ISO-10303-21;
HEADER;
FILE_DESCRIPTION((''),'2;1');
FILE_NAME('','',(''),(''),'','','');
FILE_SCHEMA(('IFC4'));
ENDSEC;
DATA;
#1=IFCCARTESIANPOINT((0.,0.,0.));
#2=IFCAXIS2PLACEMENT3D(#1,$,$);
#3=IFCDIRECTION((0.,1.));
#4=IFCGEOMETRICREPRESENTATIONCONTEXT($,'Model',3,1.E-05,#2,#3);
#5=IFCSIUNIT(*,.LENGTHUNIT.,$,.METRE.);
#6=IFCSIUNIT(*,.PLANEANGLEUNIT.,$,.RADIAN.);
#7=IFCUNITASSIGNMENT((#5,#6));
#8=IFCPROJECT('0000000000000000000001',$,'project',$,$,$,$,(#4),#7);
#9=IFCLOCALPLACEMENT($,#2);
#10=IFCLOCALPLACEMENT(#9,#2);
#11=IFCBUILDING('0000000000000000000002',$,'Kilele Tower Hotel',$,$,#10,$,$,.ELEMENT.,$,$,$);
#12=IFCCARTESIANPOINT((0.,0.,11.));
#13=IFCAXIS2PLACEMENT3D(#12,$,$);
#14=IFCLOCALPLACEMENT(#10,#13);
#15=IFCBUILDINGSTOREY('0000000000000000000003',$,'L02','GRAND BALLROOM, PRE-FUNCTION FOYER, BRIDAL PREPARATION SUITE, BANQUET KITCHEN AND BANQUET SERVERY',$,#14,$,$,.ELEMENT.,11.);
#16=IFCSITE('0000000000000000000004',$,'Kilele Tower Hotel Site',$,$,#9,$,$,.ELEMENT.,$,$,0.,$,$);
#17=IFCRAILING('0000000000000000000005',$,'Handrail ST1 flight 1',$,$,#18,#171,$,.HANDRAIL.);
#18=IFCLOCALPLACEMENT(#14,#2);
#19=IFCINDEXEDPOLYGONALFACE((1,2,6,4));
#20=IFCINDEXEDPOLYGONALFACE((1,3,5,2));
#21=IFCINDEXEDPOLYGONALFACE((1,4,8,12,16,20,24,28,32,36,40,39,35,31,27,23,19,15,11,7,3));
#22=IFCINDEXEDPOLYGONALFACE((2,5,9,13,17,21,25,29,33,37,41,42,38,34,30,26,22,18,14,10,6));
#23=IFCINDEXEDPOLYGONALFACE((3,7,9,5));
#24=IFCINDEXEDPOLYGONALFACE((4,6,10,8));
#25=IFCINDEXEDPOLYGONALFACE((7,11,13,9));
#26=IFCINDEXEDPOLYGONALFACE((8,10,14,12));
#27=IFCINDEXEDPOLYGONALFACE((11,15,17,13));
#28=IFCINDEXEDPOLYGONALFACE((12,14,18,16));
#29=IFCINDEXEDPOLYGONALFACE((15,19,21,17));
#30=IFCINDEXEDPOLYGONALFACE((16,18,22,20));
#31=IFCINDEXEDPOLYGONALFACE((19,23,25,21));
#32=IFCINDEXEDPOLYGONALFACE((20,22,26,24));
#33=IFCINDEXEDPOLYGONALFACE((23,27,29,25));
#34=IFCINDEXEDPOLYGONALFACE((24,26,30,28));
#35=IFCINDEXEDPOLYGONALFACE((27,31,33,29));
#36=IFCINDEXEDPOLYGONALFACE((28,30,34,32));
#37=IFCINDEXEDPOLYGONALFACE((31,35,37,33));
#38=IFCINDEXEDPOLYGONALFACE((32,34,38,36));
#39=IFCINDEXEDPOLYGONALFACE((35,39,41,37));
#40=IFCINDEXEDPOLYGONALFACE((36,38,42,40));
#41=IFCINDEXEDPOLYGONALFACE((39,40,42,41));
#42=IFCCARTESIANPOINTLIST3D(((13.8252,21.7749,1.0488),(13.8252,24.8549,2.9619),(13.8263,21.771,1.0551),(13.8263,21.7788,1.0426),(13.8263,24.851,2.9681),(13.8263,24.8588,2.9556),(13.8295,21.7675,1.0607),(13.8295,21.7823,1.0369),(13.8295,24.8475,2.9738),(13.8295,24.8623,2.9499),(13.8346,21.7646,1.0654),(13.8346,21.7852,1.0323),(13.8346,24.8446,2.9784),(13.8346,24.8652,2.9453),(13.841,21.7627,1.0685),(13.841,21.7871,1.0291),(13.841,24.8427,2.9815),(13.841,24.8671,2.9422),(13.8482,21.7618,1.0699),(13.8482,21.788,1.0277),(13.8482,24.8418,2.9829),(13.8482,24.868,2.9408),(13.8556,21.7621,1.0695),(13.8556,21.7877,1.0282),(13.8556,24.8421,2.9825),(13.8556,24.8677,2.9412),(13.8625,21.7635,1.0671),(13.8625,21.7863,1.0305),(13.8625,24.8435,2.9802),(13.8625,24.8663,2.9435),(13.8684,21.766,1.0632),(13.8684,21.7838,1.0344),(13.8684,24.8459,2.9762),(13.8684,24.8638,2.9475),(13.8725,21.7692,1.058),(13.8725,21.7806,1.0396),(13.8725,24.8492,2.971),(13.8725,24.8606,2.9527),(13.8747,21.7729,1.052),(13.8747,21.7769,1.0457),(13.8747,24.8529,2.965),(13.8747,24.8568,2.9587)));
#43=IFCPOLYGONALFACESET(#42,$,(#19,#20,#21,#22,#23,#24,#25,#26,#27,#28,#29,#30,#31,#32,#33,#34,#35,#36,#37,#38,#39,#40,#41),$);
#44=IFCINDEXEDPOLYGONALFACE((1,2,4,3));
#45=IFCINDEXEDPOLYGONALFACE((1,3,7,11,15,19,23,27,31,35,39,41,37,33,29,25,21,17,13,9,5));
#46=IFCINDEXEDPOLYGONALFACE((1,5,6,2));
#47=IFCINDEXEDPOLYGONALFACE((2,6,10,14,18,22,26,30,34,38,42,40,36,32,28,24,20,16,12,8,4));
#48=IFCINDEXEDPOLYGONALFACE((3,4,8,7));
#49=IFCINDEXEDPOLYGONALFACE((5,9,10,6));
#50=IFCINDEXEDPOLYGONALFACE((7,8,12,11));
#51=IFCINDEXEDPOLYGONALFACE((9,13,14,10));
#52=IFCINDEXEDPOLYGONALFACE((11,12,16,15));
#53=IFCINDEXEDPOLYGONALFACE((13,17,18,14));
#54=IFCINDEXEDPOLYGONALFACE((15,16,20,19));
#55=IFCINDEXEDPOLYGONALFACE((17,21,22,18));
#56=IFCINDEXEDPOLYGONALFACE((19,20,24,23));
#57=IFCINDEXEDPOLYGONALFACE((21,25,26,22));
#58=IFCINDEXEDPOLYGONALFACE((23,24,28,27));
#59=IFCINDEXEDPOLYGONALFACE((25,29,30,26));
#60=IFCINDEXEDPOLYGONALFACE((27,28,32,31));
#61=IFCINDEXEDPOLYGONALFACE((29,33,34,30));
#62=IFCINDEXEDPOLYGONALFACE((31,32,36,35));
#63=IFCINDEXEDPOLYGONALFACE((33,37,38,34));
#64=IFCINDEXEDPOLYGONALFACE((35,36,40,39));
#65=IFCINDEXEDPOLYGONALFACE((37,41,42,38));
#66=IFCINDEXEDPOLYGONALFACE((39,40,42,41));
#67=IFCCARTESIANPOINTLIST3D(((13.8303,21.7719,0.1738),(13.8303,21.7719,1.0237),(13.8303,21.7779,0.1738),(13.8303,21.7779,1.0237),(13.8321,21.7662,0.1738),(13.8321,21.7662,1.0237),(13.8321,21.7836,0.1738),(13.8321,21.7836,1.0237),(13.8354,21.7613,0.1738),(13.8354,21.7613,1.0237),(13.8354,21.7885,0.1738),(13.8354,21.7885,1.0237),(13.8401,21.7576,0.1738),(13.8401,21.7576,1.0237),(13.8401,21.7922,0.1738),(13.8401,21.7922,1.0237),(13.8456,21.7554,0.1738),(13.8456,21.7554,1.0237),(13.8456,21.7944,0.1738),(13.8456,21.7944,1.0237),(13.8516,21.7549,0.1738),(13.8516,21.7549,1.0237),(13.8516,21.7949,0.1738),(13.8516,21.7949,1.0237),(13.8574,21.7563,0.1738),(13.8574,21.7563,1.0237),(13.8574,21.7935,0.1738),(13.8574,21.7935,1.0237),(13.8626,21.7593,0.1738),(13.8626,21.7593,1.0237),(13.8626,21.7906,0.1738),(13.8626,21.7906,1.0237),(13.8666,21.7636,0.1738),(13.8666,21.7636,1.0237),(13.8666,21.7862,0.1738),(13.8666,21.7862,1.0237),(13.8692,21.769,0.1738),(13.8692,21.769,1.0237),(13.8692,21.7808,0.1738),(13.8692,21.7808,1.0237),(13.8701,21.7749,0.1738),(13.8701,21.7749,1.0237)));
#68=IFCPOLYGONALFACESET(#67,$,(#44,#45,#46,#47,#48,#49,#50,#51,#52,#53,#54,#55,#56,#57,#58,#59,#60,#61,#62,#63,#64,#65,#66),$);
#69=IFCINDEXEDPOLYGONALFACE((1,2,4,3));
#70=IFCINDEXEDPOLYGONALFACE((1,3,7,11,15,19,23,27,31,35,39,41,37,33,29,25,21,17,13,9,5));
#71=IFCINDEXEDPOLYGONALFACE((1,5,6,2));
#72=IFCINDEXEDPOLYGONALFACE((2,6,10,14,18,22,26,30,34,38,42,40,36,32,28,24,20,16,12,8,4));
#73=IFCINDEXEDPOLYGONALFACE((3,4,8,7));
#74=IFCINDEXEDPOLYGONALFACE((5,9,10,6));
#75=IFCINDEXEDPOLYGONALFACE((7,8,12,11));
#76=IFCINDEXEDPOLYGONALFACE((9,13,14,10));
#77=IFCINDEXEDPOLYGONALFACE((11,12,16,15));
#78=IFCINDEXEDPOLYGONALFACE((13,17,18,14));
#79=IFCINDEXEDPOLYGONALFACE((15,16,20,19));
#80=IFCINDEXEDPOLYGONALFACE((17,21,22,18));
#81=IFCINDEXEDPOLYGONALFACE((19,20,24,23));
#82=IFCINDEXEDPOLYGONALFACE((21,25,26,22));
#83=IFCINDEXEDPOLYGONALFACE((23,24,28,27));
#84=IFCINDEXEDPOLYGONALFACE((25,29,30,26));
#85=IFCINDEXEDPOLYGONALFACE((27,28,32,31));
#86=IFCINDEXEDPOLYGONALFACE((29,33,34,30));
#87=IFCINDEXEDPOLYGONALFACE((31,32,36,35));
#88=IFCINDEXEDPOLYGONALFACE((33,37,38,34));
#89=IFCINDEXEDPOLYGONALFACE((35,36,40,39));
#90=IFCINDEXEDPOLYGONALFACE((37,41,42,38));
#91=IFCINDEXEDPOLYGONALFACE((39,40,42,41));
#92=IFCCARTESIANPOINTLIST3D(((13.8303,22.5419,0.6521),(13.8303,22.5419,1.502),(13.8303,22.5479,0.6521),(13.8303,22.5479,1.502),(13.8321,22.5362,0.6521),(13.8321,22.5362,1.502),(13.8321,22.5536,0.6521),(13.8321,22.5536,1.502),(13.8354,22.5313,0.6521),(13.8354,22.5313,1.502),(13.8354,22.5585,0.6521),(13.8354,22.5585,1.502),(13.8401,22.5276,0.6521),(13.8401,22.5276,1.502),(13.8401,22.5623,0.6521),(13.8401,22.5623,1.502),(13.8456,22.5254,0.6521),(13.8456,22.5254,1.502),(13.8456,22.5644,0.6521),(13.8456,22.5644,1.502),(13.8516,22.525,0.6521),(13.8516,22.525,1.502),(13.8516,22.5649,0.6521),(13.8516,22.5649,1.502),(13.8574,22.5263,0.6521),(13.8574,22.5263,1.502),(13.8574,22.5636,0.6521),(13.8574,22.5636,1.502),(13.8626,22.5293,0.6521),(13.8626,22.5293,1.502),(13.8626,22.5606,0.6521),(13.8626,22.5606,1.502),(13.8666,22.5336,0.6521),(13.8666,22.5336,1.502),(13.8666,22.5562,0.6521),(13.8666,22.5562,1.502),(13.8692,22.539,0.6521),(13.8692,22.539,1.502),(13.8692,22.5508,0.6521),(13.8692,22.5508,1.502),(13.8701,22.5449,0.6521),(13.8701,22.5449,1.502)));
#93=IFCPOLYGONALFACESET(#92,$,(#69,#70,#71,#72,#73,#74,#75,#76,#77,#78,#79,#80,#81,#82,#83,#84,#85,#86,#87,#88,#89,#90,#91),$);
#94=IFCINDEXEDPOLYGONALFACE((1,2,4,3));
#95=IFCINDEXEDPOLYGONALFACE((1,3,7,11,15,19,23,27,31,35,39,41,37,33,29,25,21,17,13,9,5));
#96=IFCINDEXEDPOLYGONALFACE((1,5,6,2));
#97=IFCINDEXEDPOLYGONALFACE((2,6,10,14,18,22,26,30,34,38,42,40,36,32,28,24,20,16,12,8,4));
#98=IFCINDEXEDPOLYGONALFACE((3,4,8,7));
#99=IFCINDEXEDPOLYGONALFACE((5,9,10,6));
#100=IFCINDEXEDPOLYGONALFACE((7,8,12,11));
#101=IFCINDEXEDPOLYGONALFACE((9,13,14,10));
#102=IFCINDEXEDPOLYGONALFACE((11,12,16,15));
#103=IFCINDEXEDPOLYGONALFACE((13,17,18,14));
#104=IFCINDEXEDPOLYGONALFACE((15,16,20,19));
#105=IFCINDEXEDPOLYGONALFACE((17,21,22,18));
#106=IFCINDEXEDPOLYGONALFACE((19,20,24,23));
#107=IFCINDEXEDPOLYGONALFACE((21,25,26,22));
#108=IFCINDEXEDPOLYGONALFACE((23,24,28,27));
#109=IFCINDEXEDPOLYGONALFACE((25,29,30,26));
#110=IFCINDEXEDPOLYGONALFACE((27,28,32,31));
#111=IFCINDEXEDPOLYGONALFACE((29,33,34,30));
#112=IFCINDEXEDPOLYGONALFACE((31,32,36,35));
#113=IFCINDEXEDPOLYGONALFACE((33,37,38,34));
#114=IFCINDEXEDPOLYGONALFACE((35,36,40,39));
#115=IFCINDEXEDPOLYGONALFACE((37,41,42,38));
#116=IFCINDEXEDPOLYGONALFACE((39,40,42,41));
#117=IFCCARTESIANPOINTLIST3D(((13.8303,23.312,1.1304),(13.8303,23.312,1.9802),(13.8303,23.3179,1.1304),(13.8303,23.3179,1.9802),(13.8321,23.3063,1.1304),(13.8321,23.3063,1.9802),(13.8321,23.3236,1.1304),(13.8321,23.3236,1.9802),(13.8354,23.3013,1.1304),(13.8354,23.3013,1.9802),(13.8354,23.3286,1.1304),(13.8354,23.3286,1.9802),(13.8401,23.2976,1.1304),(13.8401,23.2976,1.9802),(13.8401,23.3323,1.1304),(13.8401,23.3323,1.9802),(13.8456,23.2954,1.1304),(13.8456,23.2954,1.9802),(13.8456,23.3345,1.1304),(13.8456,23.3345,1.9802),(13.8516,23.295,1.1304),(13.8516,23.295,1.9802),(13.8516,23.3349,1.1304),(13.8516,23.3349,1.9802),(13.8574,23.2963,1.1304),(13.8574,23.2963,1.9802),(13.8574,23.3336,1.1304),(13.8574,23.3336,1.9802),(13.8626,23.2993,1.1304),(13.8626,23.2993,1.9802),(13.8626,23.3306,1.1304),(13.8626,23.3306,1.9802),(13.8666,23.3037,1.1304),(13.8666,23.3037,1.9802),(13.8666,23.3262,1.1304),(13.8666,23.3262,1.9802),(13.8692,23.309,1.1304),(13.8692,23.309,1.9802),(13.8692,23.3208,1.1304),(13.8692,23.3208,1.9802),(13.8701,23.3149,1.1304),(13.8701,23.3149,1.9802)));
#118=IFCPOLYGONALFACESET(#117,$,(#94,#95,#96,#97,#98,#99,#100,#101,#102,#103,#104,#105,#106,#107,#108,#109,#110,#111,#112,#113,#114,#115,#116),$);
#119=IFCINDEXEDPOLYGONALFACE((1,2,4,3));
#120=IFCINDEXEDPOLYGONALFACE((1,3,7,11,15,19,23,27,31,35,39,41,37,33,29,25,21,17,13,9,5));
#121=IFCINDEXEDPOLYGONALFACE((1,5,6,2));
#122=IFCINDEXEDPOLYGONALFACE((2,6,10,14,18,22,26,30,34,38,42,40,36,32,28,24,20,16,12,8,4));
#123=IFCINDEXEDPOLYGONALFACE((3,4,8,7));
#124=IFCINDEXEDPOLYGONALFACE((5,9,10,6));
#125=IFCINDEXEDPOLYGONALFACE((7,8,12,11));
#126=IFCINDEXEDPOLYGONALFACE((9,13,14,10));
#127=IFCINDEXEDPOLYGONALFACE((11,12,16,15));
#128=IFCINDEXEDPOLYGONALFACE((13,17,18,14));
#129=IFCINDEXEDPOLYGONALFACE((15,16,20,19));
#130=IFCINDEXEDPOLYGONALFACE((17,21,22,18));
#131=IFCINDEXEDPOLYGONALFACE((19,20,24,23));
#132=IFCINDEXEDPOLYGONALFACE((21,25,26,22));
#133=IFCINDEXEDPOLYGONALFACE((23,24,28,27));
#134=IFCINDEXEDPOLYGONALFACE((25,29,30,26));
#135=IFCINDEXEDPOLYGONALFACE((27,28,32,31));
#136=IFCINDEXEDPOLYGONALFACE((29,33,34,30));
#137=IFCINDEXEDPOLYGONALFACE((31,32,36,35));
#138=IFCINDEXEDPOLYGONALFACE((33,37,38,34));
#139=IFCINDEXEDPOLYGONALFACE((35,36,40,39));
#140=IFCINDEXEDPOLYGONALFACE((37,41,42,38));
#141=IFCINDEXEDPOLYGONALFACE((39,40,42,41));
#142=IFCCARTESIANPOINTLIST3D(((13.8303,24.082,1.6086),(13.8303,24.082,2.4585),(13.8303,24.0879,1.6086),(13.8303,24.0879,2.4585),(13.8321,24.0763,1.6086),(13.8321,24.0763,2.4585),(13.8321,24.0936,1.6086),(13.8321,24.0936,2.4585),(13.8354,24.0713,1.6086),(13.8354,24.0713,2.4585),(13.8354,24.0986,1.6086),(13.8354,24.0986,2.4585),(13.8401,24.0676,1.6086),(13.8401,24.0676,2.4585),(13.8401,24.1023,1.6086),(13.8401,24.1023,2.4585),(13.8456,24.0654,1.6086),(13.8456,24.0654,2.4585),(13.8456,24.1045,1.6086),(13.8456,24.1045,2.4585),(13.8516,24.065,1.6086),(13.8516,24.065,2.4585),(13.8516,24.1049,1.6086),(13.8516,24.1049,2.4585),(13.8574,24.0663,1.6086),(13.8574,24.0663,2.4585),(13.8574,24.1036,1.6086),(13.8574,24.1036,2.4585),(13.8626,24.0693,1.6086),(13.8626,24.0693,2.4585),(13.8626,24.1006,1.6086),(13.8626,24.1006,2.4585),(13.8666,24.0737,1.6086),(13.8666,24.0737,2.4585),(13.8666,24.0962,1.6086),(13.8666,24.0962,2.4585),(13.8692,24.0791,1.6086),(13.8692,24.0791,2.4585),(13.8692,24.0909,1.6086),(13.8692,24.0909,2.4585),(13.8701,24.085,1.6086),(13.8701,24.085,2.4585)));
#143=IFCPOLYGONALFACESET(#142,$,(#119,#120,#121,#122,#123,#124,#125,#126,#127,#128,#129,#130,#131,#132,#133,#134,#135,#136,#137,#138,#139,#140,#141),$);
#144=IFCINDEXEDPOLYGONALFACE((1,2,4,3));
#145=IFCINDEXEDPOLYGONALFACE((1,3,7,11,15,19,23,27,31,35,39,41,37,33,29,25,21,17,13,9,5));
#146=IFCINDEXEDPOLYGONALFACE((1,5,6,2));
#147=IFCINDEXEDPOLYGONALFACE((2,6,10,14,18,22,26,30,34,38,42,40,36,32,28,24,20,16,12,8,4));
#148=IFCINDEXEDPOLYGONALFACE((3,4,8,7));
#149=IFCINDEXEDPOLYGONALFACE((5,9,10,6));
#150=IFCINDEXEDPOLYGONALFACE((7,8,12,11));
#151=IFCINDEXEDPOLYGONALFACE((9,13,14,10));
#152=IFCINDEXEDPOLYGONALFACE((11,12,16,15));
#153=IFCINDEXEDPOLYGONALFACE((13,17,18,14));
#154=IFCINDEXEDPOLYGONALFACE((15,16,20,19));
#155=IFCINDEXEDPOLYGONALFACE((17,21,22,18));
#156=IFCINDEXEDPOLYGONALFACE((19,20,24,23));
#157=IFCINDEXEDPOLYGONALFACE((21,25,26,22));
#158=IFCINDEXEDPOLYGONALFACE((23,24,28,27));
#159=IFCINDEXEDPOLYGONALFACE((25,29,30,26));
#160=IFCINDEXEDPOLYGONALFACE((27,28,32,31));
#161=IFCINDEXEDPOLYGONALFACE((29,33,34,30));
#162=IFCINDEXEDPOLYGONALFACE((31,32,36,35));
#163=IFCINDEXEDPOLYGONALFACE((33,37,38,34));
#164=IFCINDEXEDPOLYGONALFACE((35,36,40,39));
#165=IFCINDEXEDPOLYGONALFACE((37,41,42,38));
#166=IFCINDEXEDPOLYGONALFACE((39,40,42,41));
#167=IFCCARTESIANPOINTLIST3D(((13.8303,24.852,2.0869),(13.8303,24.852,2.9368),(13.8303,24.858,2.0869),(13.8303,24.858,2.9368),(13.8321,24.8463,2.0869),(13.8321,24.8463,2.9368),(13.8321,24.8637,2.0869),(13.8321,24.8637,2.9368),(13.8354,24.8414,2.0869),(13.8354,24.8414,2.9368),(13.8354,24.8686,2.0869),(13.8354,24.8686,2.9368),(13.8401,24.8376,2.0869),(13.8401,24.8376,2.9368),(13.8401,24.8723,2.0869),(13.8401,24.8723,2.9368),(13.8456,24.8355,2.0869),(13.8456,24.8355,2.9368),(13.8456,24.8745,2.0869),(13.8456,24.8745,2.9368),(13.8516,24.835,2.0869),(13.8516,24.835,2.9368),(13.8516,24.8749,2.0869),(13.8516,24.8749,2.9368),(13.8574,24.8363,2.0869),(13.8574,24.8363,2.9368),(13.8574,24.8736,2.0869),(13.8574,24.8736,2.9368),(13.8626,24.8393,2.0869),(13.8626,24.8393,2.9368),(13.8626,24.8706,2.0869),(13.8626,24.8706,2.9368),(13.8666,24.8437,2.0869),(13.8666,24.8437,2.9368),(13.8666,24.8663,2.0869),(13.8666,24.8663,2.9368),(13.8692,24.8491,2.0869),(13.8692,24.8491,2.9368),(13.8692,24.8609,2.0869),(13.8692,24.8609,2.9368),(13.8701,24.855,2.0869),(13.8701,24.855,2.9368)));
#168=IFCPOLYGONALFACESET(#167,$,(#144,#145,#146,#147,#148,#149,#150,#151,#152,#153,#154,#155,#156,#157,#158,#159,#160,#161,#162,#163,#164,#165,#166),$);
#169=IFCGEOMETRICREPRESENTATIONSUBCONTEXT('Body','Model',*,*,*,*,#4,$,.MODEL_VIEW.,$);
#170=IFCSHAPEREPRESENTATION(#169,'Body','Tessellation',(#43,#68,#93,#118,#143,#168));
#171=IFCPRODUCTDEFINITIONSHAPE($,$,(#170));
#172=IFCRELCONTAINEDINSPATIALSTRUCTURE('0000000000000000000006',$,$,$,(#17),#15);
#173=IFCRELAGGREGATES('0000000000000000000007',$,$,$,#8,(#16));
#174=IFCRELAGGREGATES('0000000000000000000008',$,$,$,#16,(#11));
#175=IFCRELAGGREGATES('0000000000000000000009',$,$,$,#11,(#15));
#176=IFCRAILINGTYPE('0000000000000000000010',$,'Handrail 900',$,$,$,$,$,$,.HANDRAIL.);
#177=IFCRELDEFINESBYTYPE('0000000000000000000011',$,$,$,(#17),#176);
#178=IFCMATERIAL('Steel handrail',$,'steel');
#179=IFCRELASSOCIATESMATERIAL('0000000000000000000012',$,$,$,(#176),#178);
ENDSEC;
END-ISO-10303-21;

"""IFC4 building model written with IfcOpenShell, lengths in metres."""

from ifc_helpers import new_model, si_unit, direction, frame, origin, origin_2d, place, context, subcontext, project, spatial, circle, extrude, material, type_object, element, save


model = new_model("IFC4")

# Units and contexts
model_context = context("Model", 3, precision=1e-05, world=origin(), true_north=direction((0.0, 1.0)))
body_context = subcontext(model_context, "Body", "Model", "MODEL_VIEW")
ifc_project = project(units=[si_unit("LENGTHUNIT", "METRE"), si_unit("PLANEANGLEUNIT", "RADIAN")], contexts=[model_context])

# Site, building, storey
site_placement = place(None, origin())
site = spatial("IfcSite", under=ifc_project, at=site_placement, Name="Kilele Tower Hotel Site", CompositionType="ELEMENT", RefElevation=0.0)
building_placement = place(site_placement, origin())
building = spatial("IfcBuilding", under=site, at=building_placement, Name="Kilele Tower Hotel", CompositionType="ELEMENT")
storey_placement = place(building_placement, frame((0.0, 0.0, 11.0)))
storey = spatial("IfcBuildingStorey", under=building, at=storey_placement, Name="L02", Description="GRAND BALLROOM, PRE-FUNCTION FOYER, BRIDAL PREPARATION SUITE, BANQUET KITCHEN AND BANQUET SERVERY", CompositionType="ELEMENT", Elevation=11.0)

# Railing
ifc_material_1 = material(Name="Steel handrail", Category="steel")
railing_type_1 = type_object("IfcRailingType", Name="Handrail 900", PredefinedType="HANDRAIL", material=ifc_material_1)
railing_1_placement = place(storey_placement, frame((13.8501, 21.7749, 0.1738)))
element("IfcRailing", 1, at=railing_1_placement, inside=storey, type_object=railing_type_1, Name="Handrail ST1 flight 1", PredefinedType="HANDRAIL", context=body_context, shape_type="SweptSolid", body=[
    extrude(circle(Radius=0.0249, at=origin_2d()), frame((0.0, 0.0, 0.875), z_axis=(0.0, 0.849478, 0.527624), x_axis=(-1.0, 0.0, 0.0)), (0.0, 0.0, 1.0), 3.6257),
    extrude(circle(Radius=0.02, at=origin_2d()), origin(), (0.0, 0.0, 1.0), 0.8499),
    extrude(circle(Radius=0.02, at=origin_2d()), frame((0.0, 0.77, 0.4783)), (0.0, 0.0, 1.0), 0.8499),
    extrude(circle(Radius=0.02, at=origin_2d()), frame((0.0, 1.54, 0.9565)), (0.0, 0.0, 1.0), 0.8499),
    extrude(circle(Radius=0.02, at=origin_2d()), frame((0.0, 2.3101, 1.4348)), (0.0, 0.0, 1.0), 0.8499),
    extrude(circle(Radius=0.02, at=origin_2d()), frame((0.0, 3.0801, 1.9131)), (0.0, 0.0, 1.0), 0.8499),
])

save(model, "model.ifc")
